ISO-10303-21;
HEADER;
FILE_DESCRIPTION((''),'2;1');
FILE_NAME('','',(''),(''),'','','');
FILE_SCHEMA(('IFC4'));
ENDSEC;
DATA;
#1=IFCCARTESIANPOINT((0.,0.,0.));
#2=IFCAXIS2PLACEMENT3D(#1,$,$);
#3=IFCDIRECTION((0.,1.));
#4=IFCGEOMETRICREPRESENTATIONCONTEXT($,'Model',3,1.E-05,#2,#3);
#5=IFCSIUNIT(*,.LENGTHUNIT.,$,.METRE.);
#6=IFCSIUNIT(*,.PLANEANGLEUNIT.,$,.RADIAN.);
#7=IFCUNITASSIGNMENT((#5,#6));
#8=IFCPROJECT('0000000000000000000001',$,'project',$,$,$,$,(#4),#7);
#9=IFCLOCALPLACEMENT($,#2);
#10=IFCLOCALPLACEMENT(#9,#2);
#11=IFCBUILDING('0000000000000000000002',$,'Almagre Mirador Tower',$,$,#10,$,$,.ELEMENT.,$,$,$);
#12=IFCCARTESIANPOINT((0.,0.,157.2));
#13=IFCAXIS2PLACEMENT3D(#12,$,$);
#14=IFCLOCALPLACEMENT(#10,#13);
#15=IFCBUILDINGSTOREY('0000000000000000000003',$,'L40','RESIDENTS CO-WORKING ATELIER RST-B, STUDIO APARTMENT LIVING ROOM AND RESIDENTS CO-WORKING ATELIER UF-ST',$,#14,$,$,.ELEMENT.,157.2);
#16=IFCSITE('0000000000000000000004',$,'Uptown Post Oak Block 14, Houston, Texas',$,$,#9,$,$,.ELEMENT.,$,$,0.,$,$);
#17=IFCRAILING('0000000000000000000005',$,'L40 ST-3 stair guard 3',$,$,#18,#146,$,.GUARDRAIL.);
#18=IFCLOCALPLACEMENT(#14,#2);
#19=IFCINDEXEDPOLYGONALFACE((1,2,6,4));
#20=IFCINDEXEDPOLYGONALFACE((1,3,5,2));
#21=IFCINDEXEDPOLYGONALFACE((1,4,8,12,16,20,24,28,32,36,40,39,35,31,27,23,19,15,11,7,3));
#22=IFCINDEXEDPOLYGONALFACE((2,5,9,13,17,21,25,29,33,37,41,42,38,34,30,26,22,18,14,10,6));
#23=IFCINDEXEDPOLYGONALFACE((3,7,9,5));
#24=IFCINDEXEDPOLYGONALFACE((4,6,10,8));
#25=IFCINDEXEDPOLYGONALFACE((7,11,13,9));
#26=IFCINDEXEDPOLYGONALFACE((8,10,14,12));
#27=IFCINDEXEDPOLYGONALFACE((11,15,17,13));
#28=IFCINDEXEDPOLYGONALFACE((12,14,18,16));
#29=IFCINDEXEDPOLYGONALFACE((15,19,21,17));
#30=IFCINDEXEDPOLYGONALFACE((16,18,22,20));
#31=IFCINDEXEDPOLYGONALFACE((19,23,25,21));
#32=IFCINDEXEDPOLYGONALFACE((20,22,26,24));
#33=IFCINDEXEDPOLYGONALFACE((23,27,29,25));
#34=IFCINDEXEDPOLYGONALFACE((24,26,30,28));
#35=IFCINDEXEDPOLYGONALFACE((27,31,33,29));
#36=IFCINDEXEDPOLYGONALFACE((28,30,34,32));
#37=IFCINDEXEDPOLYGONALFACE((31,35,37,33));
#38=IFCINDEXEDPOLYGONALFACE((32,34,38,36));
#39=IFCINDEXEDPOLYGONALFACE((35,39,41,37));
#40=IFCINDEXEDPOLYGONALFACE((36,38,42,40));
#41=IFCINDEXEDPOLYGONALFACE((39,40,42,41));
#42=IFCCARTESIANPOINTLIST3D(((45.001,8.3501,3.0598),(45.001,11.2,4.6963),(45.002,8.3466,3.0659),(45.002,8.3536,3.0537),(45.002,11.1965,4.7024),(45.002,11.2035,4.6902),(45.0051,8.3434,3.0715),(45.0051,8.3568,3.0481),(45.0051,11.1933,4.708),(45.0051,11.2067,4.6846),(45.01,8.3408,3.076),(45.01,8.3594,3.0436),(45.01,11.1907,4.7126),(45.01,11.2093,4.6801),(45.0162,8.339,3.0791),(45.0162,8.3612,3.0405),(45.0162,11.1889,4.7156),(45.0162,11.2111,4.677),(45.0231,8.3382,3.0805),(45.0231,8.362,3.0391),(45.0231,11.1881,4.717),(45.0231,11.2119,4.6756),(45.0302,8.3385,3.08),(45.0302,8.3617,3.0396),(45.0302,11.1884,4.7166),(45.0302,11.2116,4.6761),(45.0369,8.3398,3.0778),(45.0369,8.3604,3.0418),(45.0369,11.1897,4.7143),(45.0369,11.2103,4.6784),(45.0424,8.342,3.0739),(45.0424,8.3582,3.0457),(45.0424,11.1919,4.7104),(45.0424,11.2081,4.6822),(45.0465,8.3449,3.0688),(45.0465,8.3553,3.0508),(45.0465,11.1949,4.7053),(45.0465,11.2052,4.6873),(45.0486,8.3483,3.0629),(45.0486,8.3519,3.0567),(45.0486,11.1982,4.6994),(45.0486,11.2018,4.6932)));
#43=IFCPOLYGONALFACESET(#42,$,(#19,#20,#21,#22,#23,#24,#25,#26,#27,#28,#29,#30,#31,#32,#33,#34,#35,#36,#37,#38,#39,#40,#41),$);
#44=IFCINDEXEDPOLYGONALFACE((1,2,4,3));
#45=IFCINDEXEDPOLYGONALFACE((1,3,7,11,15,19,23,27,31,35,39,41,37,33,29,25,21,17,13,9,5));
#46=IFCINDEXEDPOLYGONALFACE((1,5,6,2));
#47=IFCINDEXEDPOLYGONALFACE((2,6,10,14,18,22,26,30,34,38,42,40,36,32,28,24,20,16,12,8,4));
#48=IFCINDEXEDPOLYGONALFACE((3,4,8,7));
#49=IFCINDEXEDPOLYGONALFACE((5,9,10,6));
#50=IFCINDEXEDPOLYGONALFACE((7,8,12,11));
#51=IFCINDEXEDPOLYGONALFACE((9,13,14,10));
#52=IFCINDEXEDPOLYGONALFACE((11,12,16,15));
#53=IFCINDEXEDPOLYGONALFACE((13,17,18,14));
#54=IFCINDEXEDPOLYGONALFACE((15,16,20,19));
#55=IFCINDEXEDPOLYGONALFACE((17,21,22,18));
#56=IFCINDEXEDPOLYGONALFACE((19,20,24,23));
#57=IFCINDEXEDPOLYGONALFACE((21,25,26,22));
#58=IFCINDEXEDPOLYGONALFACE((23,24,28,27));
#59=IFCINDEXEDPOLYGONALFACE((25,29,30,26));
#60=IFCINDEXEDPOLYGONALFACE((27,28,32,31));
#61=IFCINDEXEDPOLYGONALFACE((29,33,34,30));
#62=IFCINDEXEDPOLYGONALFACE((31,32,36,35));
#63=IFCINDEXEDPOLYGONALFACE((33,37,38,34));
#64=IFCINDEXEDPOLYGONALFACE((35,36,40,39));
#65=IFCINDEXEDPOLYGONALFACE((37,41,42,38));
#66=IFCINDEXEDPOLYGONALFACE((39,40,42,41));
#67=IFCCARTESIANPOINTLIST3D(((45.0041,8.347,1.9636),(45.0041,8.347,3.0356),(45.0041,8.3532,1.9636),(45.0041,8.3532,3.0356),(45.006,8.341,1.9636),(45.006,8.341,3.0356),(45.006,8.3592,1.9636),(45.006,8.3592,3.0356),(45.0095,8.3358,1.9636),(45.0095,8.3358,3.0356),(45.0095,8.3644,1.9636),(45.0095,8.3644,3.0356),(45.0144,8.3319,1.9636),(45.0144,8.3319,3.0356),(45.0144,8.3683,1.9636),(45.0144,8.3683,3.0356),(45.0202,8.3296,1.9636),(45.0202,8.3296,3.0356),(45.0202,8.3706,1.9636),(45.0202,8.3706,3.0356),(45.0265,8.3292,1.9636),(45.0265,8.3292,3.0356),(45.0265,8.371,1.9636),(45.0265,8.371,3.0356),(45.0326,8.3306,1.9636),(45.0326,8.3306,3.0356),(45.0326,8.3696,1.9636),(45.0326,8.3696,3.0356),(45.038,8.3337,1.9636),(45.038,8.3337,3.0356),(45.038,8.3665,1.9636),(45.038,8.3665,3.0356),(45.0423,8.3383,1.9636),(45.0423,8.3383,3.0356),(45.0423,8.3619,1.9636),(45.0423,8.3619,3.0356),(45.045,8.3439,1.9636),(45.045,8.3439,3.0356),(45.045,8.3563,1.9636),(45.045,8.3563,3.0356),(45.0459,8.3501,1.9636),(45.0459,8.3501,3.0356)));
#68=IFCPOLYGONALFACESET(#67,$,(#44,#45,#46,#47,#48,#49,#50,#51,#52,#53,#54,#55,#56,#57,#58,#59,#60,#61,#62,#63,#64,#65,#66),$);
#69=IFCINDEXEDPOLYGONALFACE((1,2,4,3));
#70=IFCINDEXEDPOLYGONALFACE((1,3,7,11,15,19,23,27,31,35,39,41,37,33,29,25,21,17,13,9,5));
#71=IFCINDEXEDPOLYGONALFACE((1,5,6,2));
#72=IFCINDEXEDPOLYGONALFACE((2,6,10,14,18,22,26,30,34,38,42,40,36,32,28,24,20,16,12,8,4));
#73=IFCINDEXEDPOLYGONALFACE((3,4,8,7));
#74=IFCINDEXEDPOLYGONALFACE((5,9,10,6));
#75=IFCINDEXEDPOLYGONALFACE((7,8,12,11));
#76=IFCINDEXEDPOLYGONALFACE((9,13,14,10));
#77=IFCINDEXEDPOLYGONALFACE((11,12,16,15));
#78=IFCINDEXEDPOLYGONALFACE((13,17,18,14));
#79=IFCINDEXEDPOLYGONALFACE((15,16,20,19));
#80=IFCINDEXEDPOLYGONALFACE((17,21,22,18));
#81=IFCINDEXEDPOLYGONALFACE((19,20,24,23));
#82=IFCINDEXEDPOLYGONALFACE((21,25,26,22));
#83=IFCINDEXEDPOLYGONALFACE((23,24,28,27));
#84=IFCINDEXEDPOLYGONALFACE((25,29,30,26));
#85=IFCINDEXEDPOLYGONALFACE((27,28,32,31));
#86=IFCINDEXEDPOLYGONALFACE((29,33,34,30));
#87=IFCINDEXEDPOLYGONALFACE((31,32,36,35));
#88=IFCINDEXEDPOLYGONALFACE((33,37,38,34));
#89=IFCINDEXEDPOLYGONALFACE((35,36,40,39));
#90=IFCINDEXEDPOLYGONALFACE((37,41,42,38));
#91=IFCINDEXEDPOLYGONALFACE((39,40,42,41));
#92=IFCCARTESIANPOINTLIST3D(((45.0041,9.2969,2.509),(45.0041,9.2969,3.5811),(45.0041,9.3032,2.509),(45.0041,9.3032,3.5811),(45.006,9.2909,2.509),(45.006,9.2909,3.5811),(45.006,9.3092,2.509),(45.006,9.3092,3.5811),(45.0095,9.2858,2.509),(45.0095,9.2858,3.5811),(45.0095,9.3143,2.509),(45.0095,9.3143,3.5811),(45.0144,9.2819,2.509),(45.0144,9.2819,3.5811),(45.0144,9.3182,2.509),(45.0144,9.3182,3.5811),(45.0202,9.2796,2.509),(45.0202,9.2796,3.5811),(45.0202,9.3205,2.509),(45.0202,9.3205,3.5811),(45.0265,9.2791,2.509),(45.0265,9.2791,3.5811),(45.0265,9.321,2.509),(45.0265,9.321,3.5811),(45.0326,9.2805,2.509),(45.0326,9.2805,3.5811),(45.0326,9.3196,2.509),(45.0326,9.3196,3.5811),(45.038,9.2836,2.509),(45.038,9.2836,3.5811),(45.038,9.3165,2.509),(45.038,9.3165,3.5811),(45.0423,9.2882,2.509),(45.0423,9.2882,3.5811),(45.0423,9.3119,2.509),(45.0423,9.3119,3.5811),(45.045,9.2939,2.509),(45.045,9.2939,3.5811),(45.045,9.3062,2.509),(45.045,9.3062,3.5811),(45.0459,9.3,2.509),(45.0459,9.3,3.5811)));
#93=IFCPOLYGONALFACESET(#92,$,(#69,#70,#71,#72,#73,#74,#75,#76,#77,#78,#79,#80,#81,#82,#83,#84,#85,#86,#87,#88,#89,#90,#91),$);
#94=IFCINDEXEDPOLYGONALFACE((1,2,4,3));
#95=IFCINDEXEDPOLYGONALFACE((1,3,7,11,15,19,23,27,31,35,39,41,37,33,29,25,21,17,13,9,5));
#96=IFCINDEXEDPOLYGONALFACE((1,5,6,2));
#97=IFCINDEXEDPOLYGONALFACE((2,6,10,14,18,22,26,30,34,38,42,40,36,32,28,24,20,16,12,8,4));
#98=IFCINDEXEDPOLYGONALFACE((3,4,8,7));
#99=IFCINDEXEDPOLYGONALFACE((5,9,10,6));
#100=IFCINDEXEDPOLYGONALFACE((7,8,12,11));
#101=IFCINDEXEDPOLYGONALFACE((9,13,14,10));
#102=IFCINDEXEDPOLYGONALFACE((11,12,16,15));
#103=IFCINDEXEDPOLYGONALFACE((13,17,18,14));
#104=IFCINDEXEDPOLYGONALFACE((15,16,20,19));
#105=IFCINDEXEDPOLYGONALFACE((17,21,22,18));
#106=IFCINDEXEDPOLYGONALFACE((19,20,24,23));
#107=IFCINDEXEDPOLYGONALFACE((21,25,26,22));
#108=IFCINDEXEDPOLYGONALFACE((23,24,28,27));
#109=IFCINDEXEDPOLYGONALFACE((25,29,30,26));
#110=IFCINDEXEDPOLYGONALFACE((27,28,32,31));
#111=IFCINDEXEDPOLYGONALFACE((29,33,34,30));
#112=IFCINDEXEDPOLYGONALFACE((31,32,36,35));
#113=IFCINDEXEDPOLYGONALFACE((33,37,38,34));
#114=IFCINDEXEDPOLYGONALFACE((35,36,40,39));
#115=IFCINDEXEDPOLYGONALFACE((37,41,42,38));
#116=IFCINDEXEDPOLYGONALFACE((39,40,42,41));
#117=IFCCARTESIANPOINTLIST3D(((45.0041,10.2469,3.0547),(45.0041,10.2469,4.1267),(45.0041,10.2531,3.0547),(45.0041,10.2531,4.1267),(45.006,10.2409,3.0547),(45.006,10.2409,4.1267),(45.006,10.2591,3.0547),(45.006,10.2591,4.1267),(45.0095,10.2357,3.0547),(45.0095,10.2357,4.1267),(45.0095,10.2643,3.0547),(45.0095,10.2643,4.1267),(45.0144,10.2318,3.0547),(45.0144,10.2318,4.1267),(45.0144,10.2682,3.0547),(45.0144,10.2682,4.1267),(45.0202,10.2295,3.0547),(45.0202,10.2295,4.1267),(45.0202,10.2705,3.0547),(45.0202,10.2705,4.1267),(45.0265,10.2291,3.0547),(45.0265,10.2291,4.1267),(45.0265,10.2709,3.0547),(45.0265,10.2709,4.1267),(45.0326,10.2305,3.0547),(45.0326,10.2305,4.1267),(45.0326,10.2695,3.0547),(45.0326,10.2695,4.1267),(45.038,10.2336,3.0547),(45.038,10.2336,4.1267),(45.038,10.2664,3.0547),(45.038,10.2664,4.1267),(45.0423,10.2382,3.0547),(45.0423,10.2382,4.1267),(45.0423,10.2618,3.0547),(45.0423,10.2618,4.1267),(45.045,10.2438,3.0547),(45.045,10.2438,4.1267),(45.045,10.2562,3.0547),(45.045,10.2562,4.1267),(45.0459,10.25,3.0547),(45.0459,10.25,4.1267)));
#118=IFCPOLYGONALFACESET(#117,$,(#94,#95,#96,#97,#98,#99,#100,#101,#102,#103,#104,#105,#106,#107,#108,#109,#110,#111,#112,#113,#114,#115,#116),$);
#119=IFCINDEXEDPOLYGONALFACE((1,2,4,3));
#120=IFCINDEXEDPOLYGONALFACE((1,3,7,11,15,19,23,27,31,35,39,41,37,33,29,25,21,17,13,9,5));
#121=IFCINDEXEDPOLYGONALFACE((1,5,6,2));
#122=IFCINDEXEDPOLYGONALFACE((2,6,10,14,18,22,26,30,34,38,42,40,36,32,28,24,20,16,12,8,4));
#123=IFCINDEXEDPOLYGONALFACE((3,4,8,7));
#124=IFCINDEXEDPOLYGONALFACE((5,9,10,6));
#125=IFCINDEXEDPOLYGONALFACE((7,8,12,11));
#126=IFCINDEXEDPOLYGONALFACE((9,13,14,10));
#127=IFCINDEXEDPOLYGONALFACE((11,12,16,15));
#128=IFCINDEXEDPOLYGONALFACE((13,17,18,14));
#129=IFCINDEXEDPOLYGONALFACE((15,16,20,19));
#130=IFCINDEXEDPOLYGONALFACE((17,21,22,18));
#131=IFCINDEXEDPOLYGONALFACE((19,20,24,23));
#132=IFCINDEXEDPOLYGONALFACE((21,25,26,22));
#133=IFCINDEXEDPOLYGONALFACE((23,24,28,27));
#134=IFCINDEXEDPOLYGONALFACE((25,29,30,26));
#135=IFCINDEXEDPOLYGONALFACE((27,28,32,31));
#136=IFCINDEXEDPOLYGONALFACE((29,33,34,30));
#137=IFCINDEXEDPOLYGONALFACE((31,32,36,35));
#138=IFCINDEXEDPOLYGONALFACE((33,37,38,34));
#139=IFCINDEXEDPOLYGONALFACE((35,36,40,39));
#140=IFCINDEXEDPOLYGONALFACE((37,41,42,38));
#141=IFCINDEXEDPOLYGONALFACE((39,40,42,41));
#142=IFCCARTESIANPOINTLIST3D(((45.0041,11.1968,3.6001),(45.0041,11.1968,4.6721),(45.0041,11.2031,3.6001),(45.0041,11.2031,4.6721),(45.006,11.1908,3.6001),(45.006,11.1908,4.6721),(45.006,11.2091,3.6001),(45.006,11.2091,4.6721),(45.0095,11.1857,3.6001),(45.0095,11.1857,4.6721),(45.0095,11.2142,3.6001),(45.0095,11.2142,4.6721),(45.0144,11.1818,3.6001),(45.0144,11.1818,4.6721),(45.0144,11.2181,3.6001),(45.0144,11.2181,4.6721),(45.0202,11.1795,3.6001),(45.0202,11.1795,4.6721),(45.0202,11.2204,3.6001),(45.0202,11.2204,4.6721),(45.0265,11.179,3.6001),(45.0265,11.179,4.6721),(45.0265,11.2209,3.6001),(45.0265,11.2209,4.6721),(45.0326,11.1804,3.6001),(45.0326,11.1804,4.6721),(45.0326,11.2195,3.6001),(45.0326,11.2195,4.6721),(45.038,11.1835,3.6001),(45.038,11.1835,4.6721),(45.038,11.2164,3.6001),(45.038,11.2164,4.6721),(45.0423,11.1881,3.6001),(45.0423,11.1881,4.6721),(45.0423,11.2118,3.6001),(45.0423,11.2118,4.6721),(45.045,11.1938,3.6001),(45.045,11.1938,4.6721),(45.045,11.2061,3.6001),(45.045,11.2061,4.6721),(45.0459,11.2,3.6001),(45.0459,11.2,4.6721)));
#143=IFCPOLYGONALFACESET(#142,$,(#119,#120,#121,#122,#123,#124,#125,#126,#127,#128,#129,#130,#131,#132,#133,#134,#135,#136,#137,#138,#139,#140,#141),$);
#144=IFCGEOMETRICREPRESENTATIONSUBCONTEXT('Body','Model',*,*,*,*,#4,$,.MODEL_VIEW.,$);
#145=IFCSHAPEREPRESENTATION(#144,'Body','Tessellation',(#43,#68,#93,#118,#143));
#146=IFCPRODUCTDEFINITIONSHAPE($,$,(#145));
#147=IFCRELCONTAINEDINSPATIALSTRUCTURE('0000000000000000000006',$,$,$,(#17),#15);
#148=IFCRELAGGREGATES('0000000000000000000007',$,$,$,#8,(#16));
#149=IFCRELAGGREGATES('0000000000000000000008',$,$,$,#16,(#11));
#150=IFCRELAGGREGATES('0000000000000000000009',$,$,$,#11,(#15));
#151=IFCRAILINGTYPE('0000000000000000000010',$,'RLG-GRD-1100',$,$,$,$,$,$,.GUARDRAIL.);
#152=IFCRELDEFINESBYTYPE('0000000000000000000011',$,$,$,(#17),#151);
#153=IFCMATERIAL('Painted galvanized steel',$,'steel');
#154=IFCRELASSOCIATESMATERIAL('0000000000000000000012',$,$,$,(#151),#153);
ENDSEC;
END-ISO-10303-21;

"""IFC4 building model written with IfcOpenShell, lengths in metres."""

from ifc_helpers import new_model, si_unit, direction, frame, origin, origin_2d, place, context, subcontext, project, spatial, circle, extrude, material, type_object, element, save


model = new_model("IFC4")

# Units and contexts
model_context = context("Model", 3, precision=1e-05, world=origin(), true_north=direction((0.0, 1.0)))
body_context = subcontext(model_context, "Body", "Model", "MODEL_VIEW")
ifc_project = project(units=[si_unit("LENGTHUNIT", "METRE"), si_unit("PLANEANGLEUNIT", "RADIAN")], contexts=[model_context])

# Site, building, storey
site_placement = place(None, origin())
site = spatial("IfcSite", under=ifc_project, at=site_placement, Name="Uptown Post Oak Block 14, Houston, Texas", CompositionType="ELEMENT", RefElevation=0.0)
building_placement = place(site_placement, origin())
building = spatial("IfcBuilding", under=site, at=building_placement, Name="Almagre Mirador Tower", CompositionType="ELEMENT")
storey_placement = place(building_placement, frame((0.0, 0.0, 157.2)))
storey = spatial("IfcBuildingStorey", under=building, at=storey_placement, Name="L40", Description="RESIDENTS CO-WORKING ATELIER RST-B, STUDIO APARTMENT LIVING ROOM AND RESIDENTS CO-WORKING ATELIER UF-ST", CompositionType="ELEMENT", Elevation=157.2)

# Railing
ifc_material_1 = material(Name="Painted galvanized steel", Category="steel")
railing_type_1 = type_object("IfcRailingType", Name="RLG-GRD-1100", PredefinedType="GUARDRAIL", material=ifc_material_1)
railing_1_placement = place(storey_placement, frame((45.0249, 8.3501, 1.9636)))
element("IfcRailing", 1, at=railing_1_placement, inside=storey, type_object=railing_type_1, Name="L40 ST-3 stair guard 3", PredefinedType="GUARDRAIL", context=body_context, shape_type="SweptSolid", body=[
    extrude(circle(Radius=0.0239, at=origin_2d()), frame((0.0, 0.0, 1.0962), z_axis=(0.0, 0.867194, 0.49797), x_axis=(-1.0, 0.0, 0.0)), (0.0, 0.0, 1.0), 3.2864),
    extrude(circle(Radius=0.021, at=origin_2d()), origin(), (0.0, 0.0, 1.0), 1.072),
    extrude(circle(Radius=0.021, at=origin_2d()), frame((0.0, 0.95, 0.5454)), (0.0, 0.0, 1.0), 1.072),
    extrude(circle(Radius=0.021, at=origin_2d()), frame((0.0, 1.8999, 1.0911)), (0.0, 0.0, 1.0), 1.072),
    extrude(circle(Radius=0.021, at=origin_2d()), frame((0.0, 2.8499, 1.6365)), (0.0, 0.0, 1.0), 1.072),
])

save(model, "model.ifc")
